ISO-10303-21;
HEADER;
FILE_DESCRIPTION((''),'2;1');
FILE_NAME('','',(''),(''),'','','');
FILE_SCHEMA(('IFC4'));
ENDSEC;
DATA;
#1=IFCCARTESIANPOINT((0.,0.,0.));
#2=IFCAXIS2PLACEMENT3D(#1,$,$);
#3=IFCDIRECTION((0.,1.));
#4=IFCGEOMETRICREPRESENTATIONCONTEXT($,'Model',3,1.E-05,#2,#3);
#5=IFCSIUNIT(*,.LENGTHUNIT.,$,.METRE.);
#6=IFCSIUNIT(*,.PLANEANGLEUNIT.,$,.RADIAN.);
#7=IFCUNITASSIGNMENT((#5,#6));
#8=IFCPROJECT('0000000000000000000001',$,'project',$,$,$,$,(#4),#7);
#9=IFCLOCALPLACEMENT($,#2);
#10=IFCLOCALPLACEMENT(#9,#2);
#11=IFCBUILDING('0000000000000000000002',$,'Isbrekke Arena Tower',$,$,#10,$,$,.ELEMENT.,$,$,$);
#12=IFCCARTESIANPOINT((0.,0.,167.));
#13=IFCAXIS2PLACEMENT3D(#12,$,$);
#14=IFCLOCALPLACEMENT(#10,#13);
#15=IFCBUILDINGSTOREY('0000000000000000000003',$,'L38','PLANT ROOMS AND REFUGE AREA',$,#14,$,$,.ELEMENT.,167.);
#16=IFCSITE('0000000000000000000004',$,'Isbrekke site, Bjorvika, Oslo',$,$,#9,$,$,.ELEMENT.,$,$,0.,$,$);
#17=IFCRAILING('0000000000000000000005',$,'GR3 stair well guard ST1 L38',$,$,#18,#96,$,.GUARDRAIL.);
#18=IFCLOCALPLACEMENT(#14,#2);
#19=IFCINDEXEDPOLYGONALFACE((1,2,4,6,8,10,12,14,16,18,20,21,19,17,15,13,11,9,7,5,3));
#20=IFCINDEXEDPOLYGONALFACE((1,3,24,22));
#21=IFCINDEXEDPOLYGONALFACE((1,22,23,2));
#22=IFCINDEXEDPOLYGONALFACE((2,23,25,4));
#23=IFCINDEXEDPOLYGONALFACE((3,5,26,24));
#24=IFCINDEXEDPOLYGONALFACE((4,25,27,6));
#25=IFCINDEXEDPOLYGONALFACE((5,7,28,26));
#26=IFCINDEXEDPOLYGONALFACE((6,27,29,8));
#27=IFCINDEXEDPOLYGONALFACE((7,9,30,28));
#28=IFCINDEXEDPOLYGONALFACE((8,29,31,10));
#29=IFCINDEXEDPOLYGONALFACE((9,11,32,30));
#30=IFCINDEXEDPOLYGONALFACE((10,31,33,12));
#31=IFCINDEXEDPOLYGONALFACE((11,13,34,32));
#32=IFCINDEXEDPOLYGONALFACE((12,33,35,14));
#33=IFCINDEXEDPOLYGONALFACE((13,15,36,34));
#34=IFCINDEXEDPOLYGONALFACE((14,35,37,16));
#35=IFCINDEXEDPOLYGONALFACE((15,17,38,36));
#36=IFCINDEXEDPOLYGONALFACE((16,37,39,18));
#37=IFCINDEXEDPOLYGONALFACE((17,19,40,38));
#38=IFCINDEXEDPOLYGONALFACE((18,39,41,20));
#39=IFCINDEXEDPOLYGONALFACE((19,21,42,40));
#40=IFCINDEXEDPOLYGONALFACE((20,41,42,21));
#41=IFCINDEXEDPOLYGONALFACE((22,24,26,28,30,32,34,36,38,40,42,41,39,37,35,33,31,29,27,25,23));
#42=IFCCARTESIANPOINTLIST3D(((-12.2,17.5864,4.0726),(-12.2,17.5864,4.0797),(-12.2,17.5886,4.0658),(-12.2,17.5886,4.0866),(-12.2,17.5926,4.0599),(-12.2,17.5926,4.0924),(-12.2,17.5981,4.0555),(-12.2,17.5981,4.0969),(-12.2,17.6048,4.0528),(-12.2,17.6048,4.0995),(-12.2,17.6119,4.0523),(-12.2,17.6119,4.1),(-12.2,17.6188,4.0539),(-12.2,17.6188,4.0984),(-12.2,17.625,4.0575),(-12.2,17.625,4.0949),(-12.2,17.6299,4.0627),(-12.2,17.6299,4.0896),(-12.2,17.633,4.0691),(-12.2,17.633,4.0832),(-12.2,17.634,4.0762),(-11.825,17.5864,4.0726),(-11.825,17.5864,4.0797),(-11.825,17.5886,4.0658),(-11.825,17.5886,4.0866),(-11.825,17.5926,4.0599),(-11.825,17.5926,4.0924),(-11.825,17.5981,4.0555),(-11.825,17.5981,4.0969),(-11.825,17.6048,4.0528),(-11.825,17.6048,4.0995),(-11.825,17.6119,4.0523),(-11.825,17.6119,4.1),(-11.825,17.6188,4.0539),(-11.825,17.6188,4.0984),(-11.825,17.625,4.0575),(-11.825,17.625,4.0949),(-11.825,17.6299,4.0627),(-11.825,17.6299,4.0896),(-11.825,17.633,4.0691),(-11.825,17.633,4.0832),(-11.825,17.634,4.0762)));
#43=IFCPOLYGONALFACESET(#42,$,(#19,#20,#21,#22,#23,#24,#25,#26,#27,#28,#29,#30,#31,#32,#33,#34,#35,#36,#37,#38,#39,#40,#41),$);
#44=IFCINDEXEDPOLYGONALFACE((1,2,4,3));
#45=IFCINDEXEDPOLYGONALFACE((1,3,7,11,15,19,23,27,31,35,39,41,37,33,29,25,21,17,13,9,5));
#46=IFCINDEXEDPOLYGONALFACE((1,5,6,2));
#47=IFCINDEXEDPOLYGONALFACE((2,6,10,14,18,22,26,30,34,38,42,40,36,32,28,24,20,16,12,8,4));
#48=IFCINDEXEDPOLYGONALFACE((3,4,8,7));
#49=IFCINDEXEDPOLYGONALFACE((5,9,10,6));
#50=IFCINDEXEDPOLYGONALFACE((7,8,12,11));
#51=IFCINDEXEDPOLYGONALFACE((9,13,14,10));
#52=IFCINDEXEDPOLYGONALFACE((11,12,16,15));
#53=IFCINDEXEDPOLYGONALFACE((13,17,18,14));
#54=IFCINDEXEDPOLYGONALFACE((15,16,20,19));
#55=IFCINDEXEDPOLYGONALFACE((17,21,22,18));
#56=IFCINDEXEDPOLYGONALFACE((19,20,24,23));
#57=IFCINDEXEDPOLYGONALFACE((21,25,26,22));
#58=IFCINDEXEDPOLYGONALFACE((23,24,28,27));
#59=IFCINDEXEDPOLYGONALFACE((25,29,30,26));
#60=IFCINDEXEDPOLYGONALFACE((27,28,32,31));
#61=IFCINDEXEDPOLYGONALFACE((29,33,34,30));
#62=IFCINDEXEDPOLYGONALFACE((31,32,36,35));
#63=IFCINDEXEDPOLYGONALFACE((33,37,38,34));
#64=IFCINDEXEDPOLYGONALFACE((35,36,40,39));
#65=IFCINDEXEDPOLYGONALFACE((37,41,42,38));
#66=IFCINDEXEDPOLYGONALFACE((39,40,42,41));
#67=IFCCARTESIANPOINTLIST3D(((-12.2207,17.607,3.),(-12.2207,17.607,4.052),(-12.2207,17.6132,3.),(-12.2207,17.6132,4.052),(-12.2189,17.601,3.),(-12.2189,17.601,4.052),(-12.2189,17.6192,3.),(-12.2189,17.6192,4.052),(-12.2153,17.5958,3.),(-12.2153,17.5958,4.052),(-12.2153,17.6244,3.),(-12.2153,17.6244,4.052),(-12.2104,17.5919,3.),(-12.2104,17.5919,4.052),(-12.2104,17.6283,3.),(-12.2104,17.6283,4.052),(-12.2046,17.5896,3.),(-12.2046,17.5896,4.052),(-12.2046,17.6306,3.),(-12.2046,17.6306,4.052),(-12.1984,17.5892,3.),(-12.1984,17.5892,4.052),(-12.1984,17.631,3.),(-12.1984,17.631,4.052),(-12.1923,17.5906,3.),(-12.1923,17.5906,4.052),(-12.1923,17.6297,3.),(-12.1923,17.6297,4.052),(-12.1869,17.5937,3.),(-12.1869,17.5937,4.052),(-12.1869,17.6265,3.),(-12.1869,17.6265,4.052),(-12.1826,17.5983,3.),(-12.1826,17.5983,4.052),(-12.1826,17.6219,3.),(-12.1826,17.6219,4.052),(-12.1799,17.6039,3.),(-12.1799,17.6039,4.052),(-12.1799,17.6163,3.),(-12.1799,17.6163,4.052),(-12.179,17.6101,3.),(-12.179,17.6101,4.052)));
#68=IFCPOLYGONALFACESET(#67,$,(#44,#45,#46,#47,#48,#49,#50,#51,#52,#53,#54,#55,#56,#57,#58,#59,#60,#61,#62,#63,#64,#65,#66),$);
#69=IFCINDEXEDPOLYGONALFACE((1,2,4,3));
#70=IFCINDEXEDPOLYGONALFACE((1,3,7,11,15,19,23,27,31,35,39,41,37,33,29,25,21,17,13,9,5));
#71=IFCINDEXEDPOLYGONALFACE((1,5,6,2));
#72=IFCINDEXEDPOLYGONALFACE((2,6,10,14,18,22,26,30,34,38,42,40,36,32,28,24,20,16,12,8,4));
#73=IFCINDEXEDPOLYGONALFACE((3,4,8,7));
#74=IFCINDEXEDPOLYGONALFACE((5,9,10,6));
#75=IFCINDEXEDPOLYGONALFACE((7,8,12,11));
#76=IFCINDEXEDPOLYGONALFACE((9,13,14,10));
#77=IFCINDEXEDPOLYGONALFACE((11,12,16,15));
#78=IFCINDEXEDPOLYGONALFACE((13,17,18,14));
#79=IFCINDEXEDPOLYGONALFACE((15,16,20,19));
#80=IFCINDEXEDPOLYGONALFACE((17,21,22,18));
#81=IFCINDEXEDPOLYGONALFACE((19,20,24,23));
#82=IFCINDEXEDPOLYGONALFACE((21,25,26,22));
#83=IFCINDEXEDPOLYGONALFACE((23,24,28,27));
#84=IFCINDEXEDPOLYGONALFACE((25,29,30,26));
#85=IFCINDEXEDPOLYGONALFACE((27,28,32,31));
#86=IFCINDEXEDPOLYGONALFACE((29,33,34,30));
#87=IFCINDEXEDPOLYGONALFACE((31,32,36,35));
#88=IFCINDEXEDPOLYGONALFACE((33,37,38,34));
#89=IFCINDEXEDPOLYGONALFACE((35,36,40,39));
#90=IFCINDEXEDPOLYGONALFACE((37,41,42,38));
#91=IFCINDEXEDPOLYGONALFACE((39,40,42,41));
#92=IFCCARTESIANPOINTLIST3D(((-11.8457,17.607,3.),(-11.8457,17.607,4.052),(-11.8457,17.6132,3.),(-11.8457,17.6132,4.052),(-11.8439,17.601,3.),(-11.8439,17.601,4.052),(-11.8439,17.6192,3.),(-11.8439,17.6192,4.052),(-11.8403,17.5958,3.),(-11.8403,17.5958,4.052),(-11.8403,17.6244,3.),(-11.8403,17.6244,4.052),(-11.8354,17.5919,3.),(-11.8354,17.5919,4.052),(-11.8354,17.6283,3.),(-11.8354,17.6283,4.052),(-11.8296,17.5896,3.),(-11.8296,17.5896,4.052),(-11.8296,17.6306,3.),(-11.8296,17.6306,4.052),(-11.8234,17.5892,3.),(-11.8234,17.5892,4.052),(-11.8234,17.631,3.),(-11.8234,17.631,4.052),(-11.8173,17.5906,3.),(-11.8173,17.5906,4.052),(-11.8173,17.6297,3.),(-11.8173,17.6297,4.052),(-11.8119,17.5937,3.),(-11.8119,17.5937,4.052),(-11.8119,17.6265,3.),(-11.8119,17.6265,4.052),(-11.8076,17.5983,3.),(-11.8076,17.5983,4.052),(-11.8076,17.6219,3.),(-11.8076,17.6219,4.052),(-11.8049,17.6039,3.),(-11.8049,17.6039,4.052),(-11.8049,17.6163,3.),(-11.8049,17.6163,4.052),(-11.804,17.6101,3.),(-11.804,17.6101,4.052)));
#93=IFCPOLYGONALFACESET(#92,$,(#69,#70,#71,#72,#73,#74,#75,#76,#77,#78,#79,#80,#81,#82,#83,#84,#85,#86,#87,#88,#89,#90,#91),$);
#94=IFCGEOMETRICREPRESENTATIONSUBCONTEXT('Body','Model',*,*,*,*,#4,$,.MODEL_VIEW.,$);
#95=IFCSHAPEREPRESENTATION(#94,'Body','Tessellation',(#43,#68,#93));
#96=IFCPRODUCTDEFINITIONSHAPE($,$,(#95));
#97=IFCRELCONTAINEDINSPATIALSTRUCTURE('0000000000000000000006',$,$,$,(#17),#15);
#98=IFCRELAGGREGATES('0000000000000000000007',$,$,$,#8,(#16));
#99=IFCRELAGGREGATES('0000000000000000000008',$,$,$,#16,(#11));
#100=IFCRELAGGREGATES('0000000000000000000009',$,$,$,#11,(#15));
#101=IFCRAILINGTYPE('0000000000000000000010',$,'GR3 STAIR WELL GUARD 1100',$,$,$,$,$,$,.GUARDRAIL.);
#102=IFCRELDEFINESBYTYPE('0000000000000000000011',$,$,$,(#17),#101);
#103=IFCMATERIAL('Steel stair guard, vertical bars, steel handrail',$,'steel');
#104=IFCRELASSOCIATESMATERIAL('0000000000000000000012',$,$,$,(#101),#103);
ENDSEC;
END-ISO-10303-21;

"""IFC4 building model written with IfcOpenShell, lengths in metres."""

from ifc_helpers import new_model, si_unit, direction, frame, origin, origin_2d, place, context, subcontext, project, spatial, circle, extrude, material, type_object, element, save


model = new_model("IFC4")

# Units and contexts
model_context = context("Model", 3, precision=1e-05, world=origin(), true_north=direction((0.0, 1.0)))
body_context = subcontext(model_context, "Body", "Model", "MODEL_VIEW")
ifc_project = project(units=[si_unit("LENGTHUNIT", "METRE"), si_unit("PLANEANGLEUNIT", "RADIAN")], contexts=[model_context])

# Site, building, storey
site_placement = place(None, origin())
site = spatial("IfcSite", under=ifc_project, at=site_placement, Name="Isbrekke site, Bjorvika, Oslo", CompositionType="ELEMENT", RefElevation=0.0)
building_placement = place(site_placement, origin())
building = spatial("IfcBuilding", under=site, at=building_placement, Name="Isbrekke Arena Tower", CompositionType="ELEMENT")
storey_placement = place(building_placement, frame((0.0, 0.0, 167.0)))
storey = spatial("IfcBuildingStorey", under=building, at=storey_placement, Name="L38", Description="PLANT ROOMS AND REFUGE AREA", CompositionType="ELEMENT", Elevation=167.0)

# Railing
ifc_material_1 = material(Name="Steel stair guard, vertical bars, steel handrail", Category="steel")
railing_type = type_object("IfcRailingType", Name="GR3 STAIR WELL GUARD 1100", PredefinedType="GUARDRAIL", material=ifc_material_1)
railing_placement = place(storey_placement, frame((-12.2, 17.6101, 3.0)))
element("IfcRailing", 1, at=railing_placement, inside=storey, type_object=railing_type, Name="GR3 stair well guard ST1 L38", PredefinedType="GUARDRAIL", context=body_context, shape_type="SweptSolid", body=[
    extrude(circle(Radius=0.0239, at=origin_2d()), frame((0.0, 0.0, 1.0762), z_axis=(1.0, 0.0, 0.0), x_axis=(0.0, 1.0, 0.0)), (0.0, 0.0, 1.0), 0.375),
    extrude(circle(Radius=0.021, at=origin_2d()), origin(), (0.0, 0.0, 1.0), 1.052),
    extrude(circle(Radius=0.021, at=origin_2d()), frame((0.375, 0.0, 0.0)), (0.0, 0.0, 1.0), 1.052),
])

save(model, "model.ifc")
